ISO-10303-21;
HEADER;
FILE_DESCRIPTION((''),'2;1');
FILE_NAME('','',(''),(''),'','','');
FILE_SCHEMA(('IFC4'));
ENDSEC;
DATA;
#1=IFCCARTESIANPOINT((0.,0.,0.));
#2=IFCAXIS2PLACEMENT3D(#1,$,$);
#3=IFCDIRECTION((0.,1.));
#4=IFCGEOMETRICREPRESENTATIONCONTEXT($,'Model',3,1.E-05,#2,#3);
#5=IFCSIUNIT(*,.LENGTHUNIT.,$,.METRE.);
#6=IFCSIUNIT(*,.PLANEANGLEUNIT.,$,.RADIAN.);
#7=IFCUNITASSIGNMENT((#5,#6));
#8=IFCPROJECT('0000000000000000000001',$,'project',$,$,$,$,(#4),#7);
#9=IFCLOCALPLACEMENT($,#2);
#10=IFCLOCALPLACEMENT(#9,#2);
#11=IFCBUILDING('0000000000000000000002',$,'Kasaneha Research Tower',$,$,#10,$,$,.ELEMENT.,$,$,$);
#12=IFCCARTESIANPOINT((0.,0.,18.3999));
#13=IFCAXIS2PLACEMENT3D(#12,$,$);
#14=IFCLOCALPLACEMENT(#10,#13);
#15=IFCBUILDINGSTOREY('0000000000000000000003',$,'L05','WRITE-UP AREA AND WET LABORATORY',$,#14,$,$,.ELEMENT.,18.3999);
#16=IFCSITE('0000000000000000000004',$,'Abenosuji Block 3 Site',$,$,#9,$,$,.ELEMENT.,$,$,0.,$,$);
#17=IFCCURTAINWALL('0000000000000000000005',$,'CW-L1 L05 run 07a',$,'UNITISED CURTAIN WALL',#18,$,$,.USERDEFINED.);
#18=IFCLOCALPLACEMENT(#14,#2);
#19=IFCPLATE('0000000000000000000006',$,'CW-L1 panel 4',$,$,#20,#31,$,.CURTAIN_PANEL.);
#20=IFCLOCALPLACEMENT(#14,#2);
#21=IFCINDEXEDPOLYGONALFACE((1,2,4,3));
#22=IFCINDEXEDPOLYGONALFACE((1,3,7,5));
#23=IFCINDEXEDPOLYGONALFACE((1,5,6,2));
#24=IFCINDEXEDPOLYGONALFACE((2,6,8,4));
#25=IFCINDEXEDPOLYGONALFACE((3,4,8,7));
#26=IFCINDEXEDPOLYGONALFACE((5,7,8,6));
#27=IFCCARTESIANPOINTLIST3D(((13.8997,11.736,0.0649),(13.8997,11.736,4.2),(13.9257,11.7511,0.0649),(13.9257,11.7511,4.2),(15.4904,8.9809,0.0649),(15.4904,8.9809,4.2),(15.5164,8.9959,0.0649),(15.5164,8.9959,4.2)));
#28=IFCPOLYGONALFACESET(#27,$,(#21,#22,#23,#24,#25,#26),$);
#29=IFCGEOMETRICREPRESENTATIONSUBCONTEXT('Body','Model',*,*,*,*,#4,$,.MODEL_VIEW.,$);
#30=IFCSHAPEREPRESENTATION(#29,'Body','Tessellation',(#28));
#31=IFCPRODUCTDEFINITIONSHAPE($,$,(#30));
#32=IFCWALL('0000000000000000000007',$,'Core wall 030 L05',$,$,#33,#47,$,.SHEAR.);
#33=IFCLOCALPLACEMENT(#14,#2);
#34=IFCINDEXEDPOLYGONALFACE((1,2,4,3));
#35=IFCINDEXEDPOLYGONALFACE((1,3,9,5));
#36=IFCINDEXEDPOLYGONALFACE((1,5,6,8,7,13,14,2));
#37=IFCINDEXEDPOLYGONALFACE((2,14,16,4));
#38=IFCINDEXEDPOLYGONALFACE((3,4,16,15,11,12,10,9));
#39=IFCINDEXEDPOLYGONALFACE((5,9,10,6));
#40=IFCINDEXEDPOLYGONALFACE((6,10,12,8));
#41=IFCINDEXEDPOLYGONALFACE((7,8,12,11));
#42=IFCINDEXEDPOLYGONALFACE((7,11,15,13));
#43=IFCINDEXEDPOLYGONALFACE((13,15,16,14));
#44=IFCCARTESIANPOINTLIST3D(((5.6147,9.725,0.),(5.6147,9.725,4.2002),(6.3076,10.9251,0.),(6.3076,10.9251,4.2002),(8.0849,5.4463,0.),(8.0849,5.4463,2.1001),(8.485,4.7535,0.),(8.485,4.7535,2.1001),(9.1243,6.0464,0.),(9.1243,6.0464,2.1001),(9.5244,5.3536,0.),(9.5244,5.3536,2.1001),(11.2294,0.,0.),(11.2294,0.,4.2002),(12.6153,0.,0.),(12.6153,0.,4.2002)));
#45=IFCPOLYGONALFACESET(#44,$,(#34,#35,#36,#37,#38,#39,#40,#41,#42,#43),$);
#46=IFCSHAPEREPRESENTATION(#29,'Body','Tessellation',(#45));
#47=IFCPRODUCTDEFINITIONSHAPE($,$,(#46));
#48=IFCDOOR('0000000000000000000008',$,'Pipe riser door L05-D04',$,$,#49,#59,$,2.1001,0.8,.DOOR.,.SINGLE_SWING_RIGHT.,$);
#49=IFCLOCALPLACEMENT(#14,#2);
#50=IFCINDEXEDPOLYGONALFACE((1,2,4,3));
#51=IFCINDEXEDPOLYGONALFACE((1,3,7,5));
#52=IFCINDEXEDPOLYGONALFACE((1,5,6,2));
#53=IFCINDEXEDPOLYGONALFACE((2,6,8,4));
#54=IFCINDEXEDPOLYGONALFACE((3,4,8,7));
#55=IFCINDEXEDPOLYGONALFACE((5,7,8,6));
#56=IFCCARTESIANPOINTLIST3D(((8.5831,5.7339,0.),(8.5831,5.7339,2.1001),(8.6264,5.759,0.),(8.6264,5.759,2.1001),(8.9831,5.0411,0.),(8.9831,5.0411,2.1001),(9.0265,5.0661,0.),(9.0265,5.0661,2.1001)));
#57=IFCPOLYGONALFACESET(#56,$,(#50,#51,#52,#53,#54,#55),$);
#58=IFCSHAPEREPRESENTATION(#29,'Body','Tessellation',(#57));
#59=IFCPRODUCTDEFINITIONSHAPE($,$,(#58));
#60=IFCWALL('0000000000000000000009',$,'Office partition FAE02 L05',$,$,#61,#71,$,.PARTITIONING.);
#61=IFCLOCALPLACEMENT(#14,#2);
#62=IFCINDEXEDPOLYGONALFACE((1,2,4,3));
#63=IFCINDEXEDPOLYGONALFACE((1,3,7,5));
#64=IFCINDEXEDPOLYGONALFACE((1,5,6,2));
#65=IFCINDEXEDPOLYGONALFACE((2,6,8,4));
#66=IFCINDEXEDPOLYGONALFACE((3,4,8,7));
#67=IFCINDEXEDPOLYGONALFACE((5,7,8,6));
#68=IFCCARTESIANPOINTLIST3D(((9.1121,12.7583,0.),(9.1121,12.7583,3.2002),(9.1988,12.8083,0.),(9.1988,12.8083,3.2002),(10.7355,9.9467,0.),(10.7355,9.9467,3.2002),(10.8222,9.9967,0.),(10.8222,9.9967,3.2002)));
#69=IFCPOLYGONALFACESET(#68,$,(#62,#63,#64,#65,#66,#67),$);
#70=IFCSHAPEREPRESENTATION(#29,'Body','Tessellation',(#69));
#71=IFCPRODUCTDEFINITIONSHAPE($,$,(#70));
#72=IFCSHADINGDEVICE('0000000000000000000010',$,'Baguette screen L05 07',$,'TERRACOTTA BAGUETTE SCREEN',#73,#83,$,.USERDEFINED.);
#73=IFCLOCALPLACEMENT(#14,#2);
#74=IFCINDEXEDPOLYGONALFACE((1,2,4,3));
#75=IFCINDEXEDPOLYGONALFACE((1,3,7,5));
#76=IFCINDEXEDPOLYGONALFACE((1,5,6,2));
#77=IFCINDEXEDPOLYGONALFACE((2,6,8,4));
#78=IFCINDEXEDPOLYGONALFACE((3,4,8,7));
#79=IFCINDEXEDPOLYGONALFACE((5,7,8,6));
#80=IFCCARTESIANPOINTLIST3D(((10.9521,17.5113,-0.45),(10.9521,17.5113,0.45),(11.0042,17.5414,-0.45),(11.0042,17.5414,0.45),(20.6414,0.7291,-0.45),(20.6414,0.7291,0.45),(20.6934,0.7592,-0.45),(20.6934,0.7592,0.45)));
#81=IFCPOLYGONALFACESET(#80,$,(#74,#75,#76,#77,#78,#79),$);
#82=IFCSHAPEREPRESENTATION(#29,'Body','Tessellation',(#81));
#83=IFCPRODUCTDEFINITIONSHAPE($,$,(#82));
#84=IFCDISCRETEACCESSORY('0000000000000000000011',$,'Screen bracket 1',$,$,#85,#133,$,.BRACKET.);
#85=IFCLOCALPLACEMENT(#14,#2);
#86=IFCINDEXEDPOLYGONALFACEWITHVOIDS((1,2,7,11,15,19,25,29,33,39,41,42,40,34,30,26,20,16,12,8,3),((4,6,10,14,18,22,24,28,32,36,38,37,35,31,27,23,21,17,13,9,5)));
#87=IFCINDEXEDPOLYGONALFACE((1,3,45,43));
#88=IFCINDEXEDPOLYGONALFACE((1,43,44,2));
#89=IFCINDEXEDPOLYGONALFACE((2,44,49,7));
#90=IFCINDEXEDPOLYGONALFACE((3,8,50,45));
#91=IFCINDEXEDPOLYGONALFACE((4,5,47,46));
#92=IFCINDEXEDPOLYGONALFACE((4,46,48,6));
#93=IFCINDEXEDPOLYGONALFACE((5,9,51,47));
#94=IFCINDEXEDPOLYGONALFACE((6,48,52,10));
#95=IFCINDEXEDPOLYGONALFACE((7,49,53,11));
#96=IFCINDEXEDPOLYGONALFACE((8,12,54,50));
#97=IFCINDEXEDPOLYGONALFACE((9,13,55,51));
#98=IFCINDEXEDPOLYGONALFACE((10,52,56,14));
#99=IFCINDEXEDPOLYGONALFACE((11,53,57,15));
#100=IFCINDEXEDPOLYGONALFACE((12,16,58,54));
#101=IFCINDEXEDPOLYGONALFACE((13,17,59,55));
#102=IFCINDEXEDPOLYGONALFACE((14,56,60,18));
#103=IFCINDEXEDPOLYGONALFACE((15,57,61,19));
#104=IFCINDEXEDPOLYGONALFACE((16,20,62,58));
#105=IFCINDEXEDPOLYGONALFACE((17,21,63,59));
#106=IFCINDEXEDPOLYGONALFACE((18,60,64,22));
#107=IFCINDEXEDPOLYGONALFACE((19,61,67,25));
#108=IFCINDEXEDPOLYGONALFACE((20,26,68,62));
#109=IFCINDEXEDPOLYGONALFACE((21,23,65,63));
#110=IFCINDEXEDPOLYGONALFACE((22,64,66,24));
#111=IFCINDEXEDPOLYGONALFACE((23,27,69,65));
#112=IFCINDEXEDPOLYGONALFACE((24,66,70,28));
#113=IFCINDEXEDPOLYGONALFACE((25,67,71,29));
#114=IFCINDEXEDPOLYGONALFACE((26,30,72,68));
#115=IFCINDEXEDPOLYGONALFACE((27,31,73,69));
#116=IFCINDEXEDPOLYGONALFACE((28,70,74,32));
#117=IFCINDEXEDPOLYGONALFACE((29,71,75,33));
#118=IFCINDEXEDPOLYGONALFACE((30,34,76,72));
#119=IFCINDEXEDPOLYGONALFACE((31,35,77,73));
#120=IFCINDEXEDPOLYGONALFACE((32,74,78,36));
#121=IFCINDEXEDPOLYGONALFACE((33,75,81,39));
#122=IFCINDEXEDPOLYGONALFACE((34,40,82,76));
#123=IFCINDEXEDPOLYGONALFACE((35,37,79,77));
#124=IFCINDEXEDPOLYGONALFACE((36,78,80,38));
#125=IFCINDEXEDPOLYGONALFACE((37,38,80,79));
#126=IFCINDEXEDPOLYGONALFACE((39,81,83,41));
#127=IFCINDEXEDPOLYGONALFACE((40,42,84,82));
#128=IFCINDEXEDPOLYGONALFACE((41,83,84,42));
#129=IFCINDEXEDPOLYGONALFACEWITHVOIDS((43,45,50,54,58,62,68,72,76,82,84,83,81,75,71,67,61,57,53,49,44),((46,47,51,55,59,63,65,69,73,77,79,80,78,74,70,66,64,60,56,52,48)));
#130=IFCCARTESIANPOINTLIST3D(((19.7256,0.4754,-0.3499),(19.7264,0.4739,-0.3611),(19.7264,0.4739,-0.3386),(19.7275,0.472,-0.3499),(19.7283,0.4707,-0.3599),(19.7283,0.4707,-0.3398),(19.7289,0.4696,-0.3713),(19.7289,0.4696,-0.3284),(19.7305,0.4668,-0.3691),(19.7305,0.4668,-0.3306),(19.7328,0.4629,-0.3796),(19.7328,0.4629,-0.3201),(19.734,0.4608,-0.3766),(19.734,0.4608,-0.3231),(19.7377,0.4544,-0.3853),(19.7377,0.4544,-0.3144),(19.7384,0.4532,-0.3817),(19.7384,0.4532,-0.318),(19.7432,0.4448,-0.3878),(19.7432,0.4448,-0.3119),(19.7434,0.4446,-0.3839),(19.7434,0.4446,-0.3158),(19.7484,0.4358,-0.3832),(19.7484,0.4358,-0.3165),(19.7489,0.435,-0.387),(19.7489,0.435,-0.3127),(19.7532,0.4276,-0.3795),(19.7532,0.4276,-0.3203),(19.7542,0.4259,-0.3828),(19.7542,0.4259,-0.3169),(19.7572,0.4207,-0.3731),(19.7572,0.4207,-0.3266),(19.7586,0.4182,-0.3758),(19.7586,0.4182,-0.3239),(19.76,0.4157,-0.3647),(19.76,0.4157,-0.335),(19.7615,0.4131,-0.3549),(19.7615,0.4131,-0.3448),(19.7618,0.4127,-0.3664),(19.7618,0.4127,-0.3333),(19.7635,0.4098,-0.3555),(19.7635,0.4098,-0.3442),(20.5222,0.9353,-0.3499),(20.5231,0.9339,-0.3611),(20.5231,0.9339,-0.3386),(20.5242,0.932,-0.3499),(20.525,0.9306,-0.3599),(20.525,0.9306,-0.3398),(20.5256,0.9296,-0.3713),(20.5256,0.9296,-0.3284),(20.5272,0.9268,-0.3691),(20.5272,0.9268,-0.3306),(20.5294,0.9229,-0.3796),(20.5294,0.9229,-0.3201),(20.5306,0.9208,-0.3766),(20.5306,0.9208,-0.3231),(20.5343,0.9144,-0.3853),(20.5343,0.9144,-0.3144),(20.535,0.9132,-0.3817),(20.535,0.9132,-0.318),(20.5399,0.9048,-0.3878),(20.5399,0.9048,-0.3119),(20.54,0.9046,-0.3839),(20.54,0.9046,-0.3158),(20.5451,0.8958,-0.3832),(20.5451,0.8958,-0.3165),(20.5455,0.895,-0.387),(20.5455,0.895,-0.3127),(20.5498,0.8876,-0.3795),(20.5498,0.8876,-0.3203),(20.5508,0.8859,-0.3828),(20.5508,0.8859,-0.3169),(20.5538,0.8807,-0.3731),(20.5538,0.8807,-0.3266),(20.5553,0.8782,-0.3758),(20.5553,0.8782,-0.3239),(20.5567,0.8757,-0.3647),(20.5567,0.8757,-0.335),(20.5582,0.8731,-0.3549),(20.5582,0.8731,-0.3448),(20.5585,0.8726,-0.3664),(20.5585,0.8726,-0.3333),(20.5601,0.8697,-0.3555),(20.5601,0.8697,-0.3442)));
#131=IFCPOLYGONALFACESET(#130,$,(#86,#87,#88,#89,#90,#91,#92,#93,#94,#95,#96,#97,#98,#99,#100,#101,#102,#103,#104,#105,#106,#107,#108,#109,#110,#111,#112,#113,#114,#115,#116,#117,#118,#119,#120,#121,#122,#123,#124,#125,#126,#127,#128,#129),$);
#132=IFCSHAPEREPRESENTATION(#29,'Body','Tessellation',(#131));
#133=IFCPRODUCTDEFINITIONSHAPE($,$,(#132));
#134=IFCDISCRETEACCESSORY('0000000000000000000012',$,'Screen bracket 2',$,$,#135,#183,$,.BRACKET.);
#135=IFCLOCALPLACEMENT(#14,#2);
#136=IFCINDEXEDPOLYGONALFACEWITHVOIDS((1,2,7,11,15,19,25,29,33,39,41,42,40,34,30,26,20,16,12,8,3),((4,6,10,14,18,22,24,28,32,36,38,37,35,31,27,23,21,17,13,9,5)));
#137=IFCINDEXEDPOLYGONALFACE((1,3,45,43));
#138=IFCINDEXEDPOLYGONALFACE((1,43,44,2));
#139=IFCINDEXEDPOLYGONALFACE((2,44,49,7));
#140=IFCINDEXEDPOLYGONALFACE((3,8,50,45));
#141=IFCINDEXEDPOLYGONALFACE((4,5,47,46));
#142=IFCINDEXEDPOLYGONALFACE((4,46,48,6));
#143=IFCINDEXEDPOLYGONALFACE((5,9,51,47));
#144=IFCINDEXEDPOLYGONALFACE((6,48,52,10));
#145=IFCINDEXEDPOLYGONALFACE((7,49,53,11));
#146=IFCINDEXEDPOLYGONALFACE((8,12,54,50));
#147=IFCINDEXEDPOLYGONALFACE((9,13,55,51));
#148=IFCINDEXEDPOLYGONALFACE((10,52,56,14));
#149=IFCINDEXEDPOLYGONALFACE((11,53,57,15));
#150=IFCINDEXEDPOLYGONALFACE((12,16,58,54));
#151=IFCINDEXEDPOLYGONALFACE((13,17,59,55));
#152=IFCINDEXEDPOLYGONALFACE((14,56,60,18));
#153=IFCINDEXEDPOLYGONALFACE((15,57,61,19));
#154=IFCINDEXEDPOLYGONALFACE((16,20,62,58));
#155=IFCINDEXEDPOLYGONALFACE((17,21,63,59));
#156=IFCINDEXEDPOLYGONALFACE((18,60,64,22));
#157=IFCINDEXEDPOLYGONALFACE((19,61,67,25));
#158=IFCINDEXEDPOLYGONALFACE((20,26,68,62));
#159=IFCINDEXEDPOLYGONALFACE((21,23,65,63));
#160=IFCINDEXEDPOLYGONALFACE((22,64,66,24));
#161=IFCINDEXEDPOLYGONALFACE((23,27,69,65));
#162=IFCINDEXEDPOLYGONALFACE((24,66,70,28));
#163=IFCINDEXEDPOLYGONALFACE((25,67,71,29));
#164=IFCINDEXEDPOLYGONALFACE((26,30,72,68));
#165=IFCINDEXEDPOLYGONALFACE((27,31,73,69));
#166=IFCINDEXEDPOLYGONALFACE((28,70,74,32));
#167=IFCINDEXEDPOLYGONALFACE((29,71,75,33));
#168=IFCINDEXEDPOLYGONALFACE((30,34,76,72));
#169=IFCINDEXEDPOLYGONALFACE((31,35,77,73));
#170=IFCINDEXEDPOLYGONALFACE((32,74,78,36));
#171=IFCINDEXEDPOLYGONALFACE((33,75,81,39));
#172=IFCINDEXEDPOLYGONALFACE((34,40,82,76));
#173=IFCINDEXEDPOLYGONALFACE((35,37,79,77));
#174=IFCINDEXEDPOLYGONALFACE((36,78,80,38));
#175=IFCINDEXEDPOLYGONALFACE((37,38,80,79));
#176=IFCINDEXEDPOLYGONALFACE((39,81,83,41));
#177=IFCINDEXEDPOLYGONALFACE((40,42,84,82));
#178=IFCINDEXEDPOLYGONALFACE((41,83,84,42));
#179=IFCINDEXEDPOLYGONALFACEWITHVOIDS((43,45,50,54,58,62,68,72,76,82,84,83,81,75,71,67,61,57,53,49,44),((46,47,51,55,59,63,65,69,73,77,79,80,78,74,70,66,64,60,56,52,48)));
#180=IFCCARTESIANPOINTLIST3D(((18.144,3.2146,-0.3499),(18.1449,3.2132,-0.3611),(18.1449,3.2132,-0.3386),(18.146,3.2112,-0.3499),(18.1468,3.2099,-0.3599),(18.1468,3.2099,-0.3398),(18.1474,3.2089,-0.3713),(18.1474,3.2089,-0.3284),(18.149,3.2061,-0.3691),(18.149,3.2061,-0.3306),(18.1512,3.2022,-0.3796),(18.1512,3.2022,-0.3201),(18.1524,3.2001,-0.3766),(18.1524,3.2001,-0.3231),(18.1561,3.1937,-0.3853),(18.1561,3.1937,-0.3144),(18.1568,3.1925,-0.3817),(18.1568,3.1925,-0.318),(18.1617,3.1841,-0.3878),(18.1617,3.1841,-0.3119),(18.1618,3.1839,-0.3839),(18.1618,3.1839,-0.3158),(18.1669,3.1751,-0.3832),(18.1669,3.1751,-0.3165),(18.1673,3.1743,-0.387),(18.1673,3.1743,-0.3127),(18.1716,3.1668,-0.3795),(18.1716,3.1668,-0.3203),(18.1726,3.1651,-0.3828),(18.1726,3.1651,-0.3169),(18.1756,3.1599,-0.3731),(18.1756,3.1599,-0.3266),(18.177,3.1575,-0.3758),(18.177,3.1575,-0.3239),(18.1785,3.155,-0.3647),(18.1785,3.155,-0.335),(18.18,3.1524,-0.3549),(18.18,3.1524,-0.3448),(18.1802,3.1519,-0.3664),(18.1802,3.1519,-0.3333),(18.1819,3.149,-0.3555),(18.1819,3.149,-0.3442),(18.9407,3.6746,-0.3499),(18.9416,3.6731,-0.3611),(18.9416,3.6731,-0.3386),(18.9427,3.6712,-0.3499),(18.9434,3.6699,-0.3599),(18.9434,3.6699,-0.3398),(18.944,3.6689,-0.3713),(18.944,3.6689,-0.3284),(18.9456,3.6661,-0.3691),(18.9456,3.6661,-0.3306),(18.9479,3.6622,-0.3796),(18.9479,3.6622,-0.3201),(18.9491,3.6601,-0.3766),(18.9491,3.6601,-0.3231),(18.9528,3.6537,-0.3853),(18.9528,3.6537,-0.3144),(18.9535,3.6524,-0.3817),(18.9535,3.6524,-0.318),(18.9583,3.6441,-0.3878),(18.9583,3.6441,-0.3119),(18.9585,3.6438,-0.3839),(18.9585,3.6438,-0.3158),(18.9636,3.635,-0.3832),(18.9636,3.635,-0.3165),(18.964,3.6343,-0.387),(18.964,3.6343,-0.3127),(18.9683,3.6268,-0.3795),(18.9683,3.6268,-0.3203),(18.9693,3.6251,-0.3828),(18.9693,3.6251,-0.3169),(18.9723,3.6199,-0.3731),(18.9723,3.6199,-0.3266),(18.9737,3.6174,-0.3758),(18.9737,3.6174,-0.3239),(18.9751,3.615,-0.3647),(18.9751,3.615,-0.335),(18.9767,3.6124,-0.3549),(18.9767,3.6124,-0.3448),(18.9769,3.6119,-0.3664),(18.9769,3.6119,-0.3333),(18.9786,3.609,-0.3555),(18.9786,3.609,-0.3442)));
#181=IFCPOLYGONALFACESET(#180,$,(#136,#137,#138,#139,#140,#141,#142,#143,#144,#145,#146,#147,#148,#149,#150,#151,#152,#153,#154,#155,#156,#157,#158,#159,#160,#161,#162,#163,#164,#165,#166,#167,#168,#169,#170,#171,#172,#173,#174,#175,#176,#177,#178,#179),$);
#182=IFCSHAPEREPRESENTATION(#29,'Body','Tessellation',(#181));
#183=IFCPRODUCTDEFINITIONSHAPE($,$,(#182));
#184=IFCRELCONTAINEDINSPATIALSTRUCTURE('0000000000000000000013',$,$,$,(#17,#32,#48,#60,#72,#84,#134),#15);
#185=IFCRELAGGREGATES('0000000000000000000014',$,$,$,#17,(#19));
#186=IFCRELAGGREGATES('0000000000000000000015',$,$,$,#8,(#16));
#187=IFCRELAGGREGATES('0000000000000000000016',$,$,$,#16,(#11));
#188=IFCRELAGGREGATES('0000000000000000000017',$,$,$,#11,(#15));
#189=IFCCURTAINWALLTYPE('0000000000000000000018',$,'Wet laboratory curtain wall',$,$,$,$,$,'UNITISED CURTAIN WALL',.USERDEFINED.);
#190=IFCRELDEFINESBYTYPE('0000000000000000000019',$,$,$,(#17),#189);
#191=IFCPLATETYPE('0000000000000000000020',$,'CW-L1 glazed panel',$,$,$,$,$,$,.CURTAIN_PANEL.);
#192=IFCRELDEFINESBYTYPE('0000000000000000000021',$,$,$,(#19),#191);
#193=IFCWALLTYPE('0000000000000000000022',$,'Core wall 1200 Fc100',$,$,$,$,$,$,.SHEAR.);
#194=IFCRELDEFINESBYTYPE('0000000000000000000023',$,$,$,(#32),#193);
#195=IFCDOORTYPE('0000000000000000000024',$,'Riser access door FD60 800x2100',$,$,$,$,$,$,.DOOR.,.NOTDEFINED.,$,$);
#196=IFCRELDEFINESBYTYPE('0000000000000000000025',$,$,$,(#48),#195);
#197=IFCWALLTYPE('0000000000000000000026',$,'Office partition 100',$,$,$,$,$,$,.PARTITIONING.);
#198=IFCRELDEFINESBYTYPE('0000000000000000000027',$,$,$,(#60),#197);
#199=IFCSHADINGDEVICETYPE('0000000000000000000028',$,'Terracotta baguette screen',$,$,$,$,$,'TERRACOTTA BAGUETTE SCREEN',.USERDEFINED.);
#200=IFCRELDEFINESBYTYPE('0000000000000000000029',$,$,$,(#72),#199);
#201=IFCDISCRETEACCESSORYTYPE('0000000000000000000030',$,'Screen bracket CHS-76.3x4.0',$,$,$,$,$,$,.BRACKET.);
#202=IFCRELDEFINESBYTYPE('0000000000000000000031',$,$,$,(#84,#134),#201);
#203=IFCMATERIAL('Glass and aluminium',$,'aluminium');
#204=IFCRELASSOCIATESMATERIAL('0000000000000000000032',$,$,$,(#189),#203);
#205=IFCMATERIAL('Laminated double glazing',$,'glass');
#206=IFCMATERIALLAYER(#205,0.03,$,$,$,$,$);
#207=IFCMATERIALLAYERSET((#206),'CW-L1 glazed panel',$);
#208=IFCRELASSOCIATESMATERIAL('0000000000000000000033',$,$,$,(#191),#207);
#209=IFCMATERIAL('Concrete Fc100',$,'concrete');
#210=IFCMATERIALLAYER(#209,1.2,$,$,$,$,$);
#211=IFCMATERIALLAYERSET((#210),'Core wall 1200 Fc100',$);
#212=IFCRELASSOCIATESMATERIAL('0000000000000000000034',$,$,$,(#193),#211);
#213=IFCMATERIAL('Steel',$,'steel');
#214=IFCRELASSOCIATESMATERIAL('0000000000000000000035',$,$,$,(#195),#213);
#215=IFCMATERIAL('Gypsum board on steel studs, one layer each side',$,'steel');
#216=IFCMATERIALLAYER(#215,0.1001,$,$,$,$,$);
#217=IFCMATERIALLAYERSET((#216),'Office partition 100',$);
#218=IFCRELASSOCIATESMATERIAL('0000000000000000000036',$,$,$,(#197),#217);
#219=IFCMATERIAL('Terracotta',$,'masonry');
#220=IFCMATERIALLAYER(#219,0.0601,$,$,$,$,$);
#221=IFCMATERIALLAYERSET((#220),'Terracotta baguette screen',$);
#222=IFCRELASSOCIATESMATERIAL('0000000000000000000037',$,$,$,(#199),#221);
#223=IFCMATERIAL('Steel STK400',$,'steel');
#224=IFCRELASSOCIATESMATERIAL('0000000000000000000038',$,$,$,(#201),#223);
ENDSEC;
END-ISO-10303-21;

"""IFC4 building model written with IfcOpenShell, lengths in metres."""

from ifc_helpers import new_model, si_unit, direction, frame, frame_2d, origin, origin_2d, place, context, subcontext, project, spatial, polyline, rectangle, hollow_circle, outline, extrude, material, layer, layer_set, material_profile, profile_set, type_object, element, fill, aggregate, save


model = new_model("IFC4")

# Units and contexts
model_context = context("Model", 3, precision=1e-05, world=origin(), true_north=direction((0.0, 1.0)))
body_context = subcontext(model_context, "Body", "Model", "MODEL_VIEW")
ifc_project = project(units=[si_unit("LENGTHUNIT", "METRE"), si_unit("PLANEANGLEUNIT", "RADIAN")], contexts=[model_context])

# Site, building, storey
site_placement = place(None, origin())
site = spatial("IfcSite", under=ifc_project, at=site_placement, Name="Abenosuji Block 3 Site", CompositionType="ELEMENT", RefElevation=0.0)
building_placement = place(site_placement, origin())
building = spatial("IfcBuilding", under=site, at=building_placement, Name="Kasaneha Research Tower", CompositionType="ELEMENT")
storey_placement = place(building_placement, frame((0.0, 0.0, 18.3999)))
storey = spatial("IfcBuildingStorey", under=building, at=storey_placement, Name="L05", Description="WRITE-UP AREA AND WET LABORATORY", CompositionType="ELEMENT", Elevation=18.3999)

# Shared definitions
ifc_material_1 = material(Name="Glass and aluminium", Category="aluminium")
curtain_wall_type = type_object("IfcCurtainWallType", Name="Wet laboratory curtain wall", ElementType="UNITISED CURTAIN WALL", PredefinedType="USERDEFINED", material=ifc_material_1)

# Curtain wall
curtain_wall_1_placement = place(storey_placement, origin())
curtain_wall_1 = element("IfcCurtainWall", 1, at=curtain_wall_1_placement, inside=storey, type_object=curtain_wall_type, Name="CW-L1 L05 run 07a", ObjectType="UNITISED CURTAIN WALL", PredefinedType="USERDEFINED")

# Plate
ifc_material_2 = material(Name="Laminated double glazing", Category="glass")
ifc_layer_1 = layer(ifc_material_2, 0.03)
ifc_layer_set_1 = layer_set([ifc_layer_1], Name="CW-L1 glazed panel")
plate_type = type_object("IfcPlateType", Name="CW-L1 glazed panel", PredefinedType="CURTAIN_PANEL", material=ifc_layer_set_1)
plate_1_placement = place(storey_placement, frame((14.708, 10.366, 0.0649), z_axis=(0.0, 0.0, 1.0), x_axis=(-0.5, 0.866025, 0.0)))
plate_1 = element("IfcPlate", 2, at=plate_1_placement, type_object=plate_type, Name="CW-L1 panel 4", PredefinedType="CURTAIN_PANEL", context=body_context, shape_type="SweptSolid", body=[
    extrude(rectangle(XDim=3.1814, YDim=0.03, at=origin_2d()), origin(), (0.0, 0.0, 1.0), 4.135),
])
aggregate(curtain_wall_1, [plate_1])

# Wall, opening, door
ifc_material_3 = material(Name="Concrete Fc100", Category="concrete")
ifc_layer_2 = layer(ifc_material_3, 1.2)
ifc_layer_set_2 = layer_set([ifc_layer_2], Name="Core wall 1200 Fc100")
wall_type_1 = type_object("IfcWallType", Name="Core wall 1200 Fc100", PredefinedType="SHEAR", material=ifc_layer_set_2)
wall_1_placement = place(storey_placement, frame((11.9224, 0.0, 0.0), z_axis=(0.0, 0.0, 1.0), x_axis=(-0.500004, 0.866023, 0.0)))
wall_1 = element("IfcWall", 3, at=wall_1_placement, inside=storey, type_object=wall_type_1, Name="Core wall 030 L05", PredefinedType="SHEAR", context=body_context, shape_type="SweptSolid", body=[
    extrude(outline(polyline([(-0.3464, -0.6001), (5.8354, -0.6001), (6.6355, -0.6001), (12.2688, -0.6001), (11.5759, 0.6001), (6.6355, 0.6001), (5.8354, 0.6001), (0.3464, 0.6001), (-0.3464, -0.6001)])), origin(), (0.0, 0.0, 1.0), 4.2002),
])
opening_1_placement = place(wall_1_placement, frame((5.8354, 0.0, 0.0)))
opening_1 = element("IfcOpeningElement", 4, at=opening_1_placement, cuts=wall_1, PredefinedType="OPENING", context=body_context, shape_type="SweptSolid", body=[
    extrude(rectangle(XDim=0.8, YDim=2.1001, at=frame_2d((0.3999, 1.05))), frame((0.0, 0.6099, 0.0), z_axis=(0.0, -1.0, 0.0), x_axis=(1.0, 0.0, 0.0)), (0.0, 0.0, 1.0), 1.22),
])
ifc_material_4 = material(Name="Steel", Category="steel")
door_type_1 = type_object("IfcDoorType", Name="Riser access door FD60 800x2100", OperationType="NOTDEFINED", PredefinedType="DOOR", material=ifc_material_4)
door_1_placement = place(opening_1_placement, origin())
door_1 = element("IfcDoor", 5, at=door_1_placement, inside=storey, type_object=door_type_1, Name="Pipe riser door L05-D04", OperationType="SINGLE_SWING_RIGHT", OverallHeight=2.1001, OverallWidth=0.8, PredefinedType="DOOR", context=body_context, shape_type="SweptSolid", body=[
    extrude(rectangle(XDim=0.8, YDim=2.1001, at=frame_2d((0.3999, 1.05))), frame((0.0, 0.0249, 0.0), z_axis=(0.0, -1.0, 0.0), x_axis=(1.0, 0.0, 0.0)), (0.0, 0.0, 1.0), 0.05),
])
fill(opening_1, door_1)

# Wall
ifc_material_5 = material(Name="Gypsum board on steel studs, one layer each side", Category="steel")
ifc_layer_3 = layer(ifc_material_5, 0.1001)
ifc_layer_set_3 = layer_set([ifc_layer_3], Name="Office partition 100")
wall_type_2 = type_object("IfcWallType", Name="Office partition 100", PredefinedType="PARTITIONING", material=ifc_layer_set_3)
wall_2_placement = place(storey_placement, frame((10.7788, 9.9717, 0.0), z_axis=(0.0, 0.0, 1.0), x_axis=(-0.500013, 0.866018, 0.0)))
element("IfcWall", 6, at=wall_2_placement, inside=storey, type_object=wall_type_2, Name="Office partition FAE02 L05", PredefinedType="PARTITIONING", context=body_context, shape_type="SweptSolid", body=[
    extrude(rectangle(XDim=3.2466, YDim=0.1001, at=frame_2d((1.6233, 0.0))), origin(), (0.0, 0.0, 1.0), 3.2002),
])

# Shading device
ifc_material_6 = material(Name="Terracotta", Category="masonry")
ifc_layer_4 = layer(ifc_material_6, 0.0601)
ifc_layer_set_4 = layer_set([ifc_layer_4], Name="Terracotta baguette screen")
shading_device_type = type_object("IfcShadingDeviceType", Name="Terracotta baguette screen", ElementType="TERRACOTTA BAGUETTE SCREEN", PredefinedType="USERDEFINED", material=ifc_layer_set_4)
shading_device_placement = place(storey_placement, frame((15.8228, 9.1353, -0.45), z_axis=(0.0, 0.0, 1.0), x_axis=(-0.5, 0.866025, 0.0)))
element("IfcShadingDevice", 7, at=shading_device_placement, inside=storey, type_object=shading_device_type, Name="Baguette screen L05 07", ObjectType="TERRACOTTA BAGUETTE SCREEN", PredefinedType="USERDEFINED", context=body_context, shape_type="SweptSolid", body=[
    extrude(rectangle(XDim=19.3784, YDim=0.0601, at=origin_2d()), origin(), (0.0, 0.0, 1.0), 0.8999),
])

# Discrete accessories
ifc_material_7 = material(Name="Steel STK400", Category="steel")
ifc_material_profile_1 = material_profile(ifc_material_7, hollow_circle(Radius=0.0381, WallThickness=0.0039, at=origin_2d()), Name="CHS-76.3x4.0")
ifc_profile_set_1 = profile_set([ifc_material_profile_1], Name="Steel STK400")
discrete_accessory_type = type_object("IfcDiscreteAccessoryType", Name="Screen bracket CHS-76.3x4.0", PredefinedType="BRACKET", material=ifc_profile_set_1)
for number, where, z_axis, x_axis, name in (
    (8, (19.7446, 0.4424, -0.3499), (0.866013, 0.500021, 0.0), (-0.500021, 0.866013, 0.0), "Screen bracket 1"),
    (9, (18.1631, 3.1816, -0.3499), (0.866013, 0.500021, 0.0), (-0.500021, 0.866013, 0.0), "Screen bracket 2"),
):
    element("IfcDiscreteAccessory", number, at=place(storey_placement, frame(where, z_axis=z_axis, x_axis=x_axis)), inside=storey, type_object=discrete_accessory_type, Name=name, PredefinedType="BRACKET", context=body_context, shape_type="SweptSolid", body=[
        extrude(hollow_circle(Radius=0.0381, WallThickness=0.0039, at=origin_2d()), origin(), (0.0, 0.0, 1.0), 0.9199),
    ])

save(model, "model.ifc")
